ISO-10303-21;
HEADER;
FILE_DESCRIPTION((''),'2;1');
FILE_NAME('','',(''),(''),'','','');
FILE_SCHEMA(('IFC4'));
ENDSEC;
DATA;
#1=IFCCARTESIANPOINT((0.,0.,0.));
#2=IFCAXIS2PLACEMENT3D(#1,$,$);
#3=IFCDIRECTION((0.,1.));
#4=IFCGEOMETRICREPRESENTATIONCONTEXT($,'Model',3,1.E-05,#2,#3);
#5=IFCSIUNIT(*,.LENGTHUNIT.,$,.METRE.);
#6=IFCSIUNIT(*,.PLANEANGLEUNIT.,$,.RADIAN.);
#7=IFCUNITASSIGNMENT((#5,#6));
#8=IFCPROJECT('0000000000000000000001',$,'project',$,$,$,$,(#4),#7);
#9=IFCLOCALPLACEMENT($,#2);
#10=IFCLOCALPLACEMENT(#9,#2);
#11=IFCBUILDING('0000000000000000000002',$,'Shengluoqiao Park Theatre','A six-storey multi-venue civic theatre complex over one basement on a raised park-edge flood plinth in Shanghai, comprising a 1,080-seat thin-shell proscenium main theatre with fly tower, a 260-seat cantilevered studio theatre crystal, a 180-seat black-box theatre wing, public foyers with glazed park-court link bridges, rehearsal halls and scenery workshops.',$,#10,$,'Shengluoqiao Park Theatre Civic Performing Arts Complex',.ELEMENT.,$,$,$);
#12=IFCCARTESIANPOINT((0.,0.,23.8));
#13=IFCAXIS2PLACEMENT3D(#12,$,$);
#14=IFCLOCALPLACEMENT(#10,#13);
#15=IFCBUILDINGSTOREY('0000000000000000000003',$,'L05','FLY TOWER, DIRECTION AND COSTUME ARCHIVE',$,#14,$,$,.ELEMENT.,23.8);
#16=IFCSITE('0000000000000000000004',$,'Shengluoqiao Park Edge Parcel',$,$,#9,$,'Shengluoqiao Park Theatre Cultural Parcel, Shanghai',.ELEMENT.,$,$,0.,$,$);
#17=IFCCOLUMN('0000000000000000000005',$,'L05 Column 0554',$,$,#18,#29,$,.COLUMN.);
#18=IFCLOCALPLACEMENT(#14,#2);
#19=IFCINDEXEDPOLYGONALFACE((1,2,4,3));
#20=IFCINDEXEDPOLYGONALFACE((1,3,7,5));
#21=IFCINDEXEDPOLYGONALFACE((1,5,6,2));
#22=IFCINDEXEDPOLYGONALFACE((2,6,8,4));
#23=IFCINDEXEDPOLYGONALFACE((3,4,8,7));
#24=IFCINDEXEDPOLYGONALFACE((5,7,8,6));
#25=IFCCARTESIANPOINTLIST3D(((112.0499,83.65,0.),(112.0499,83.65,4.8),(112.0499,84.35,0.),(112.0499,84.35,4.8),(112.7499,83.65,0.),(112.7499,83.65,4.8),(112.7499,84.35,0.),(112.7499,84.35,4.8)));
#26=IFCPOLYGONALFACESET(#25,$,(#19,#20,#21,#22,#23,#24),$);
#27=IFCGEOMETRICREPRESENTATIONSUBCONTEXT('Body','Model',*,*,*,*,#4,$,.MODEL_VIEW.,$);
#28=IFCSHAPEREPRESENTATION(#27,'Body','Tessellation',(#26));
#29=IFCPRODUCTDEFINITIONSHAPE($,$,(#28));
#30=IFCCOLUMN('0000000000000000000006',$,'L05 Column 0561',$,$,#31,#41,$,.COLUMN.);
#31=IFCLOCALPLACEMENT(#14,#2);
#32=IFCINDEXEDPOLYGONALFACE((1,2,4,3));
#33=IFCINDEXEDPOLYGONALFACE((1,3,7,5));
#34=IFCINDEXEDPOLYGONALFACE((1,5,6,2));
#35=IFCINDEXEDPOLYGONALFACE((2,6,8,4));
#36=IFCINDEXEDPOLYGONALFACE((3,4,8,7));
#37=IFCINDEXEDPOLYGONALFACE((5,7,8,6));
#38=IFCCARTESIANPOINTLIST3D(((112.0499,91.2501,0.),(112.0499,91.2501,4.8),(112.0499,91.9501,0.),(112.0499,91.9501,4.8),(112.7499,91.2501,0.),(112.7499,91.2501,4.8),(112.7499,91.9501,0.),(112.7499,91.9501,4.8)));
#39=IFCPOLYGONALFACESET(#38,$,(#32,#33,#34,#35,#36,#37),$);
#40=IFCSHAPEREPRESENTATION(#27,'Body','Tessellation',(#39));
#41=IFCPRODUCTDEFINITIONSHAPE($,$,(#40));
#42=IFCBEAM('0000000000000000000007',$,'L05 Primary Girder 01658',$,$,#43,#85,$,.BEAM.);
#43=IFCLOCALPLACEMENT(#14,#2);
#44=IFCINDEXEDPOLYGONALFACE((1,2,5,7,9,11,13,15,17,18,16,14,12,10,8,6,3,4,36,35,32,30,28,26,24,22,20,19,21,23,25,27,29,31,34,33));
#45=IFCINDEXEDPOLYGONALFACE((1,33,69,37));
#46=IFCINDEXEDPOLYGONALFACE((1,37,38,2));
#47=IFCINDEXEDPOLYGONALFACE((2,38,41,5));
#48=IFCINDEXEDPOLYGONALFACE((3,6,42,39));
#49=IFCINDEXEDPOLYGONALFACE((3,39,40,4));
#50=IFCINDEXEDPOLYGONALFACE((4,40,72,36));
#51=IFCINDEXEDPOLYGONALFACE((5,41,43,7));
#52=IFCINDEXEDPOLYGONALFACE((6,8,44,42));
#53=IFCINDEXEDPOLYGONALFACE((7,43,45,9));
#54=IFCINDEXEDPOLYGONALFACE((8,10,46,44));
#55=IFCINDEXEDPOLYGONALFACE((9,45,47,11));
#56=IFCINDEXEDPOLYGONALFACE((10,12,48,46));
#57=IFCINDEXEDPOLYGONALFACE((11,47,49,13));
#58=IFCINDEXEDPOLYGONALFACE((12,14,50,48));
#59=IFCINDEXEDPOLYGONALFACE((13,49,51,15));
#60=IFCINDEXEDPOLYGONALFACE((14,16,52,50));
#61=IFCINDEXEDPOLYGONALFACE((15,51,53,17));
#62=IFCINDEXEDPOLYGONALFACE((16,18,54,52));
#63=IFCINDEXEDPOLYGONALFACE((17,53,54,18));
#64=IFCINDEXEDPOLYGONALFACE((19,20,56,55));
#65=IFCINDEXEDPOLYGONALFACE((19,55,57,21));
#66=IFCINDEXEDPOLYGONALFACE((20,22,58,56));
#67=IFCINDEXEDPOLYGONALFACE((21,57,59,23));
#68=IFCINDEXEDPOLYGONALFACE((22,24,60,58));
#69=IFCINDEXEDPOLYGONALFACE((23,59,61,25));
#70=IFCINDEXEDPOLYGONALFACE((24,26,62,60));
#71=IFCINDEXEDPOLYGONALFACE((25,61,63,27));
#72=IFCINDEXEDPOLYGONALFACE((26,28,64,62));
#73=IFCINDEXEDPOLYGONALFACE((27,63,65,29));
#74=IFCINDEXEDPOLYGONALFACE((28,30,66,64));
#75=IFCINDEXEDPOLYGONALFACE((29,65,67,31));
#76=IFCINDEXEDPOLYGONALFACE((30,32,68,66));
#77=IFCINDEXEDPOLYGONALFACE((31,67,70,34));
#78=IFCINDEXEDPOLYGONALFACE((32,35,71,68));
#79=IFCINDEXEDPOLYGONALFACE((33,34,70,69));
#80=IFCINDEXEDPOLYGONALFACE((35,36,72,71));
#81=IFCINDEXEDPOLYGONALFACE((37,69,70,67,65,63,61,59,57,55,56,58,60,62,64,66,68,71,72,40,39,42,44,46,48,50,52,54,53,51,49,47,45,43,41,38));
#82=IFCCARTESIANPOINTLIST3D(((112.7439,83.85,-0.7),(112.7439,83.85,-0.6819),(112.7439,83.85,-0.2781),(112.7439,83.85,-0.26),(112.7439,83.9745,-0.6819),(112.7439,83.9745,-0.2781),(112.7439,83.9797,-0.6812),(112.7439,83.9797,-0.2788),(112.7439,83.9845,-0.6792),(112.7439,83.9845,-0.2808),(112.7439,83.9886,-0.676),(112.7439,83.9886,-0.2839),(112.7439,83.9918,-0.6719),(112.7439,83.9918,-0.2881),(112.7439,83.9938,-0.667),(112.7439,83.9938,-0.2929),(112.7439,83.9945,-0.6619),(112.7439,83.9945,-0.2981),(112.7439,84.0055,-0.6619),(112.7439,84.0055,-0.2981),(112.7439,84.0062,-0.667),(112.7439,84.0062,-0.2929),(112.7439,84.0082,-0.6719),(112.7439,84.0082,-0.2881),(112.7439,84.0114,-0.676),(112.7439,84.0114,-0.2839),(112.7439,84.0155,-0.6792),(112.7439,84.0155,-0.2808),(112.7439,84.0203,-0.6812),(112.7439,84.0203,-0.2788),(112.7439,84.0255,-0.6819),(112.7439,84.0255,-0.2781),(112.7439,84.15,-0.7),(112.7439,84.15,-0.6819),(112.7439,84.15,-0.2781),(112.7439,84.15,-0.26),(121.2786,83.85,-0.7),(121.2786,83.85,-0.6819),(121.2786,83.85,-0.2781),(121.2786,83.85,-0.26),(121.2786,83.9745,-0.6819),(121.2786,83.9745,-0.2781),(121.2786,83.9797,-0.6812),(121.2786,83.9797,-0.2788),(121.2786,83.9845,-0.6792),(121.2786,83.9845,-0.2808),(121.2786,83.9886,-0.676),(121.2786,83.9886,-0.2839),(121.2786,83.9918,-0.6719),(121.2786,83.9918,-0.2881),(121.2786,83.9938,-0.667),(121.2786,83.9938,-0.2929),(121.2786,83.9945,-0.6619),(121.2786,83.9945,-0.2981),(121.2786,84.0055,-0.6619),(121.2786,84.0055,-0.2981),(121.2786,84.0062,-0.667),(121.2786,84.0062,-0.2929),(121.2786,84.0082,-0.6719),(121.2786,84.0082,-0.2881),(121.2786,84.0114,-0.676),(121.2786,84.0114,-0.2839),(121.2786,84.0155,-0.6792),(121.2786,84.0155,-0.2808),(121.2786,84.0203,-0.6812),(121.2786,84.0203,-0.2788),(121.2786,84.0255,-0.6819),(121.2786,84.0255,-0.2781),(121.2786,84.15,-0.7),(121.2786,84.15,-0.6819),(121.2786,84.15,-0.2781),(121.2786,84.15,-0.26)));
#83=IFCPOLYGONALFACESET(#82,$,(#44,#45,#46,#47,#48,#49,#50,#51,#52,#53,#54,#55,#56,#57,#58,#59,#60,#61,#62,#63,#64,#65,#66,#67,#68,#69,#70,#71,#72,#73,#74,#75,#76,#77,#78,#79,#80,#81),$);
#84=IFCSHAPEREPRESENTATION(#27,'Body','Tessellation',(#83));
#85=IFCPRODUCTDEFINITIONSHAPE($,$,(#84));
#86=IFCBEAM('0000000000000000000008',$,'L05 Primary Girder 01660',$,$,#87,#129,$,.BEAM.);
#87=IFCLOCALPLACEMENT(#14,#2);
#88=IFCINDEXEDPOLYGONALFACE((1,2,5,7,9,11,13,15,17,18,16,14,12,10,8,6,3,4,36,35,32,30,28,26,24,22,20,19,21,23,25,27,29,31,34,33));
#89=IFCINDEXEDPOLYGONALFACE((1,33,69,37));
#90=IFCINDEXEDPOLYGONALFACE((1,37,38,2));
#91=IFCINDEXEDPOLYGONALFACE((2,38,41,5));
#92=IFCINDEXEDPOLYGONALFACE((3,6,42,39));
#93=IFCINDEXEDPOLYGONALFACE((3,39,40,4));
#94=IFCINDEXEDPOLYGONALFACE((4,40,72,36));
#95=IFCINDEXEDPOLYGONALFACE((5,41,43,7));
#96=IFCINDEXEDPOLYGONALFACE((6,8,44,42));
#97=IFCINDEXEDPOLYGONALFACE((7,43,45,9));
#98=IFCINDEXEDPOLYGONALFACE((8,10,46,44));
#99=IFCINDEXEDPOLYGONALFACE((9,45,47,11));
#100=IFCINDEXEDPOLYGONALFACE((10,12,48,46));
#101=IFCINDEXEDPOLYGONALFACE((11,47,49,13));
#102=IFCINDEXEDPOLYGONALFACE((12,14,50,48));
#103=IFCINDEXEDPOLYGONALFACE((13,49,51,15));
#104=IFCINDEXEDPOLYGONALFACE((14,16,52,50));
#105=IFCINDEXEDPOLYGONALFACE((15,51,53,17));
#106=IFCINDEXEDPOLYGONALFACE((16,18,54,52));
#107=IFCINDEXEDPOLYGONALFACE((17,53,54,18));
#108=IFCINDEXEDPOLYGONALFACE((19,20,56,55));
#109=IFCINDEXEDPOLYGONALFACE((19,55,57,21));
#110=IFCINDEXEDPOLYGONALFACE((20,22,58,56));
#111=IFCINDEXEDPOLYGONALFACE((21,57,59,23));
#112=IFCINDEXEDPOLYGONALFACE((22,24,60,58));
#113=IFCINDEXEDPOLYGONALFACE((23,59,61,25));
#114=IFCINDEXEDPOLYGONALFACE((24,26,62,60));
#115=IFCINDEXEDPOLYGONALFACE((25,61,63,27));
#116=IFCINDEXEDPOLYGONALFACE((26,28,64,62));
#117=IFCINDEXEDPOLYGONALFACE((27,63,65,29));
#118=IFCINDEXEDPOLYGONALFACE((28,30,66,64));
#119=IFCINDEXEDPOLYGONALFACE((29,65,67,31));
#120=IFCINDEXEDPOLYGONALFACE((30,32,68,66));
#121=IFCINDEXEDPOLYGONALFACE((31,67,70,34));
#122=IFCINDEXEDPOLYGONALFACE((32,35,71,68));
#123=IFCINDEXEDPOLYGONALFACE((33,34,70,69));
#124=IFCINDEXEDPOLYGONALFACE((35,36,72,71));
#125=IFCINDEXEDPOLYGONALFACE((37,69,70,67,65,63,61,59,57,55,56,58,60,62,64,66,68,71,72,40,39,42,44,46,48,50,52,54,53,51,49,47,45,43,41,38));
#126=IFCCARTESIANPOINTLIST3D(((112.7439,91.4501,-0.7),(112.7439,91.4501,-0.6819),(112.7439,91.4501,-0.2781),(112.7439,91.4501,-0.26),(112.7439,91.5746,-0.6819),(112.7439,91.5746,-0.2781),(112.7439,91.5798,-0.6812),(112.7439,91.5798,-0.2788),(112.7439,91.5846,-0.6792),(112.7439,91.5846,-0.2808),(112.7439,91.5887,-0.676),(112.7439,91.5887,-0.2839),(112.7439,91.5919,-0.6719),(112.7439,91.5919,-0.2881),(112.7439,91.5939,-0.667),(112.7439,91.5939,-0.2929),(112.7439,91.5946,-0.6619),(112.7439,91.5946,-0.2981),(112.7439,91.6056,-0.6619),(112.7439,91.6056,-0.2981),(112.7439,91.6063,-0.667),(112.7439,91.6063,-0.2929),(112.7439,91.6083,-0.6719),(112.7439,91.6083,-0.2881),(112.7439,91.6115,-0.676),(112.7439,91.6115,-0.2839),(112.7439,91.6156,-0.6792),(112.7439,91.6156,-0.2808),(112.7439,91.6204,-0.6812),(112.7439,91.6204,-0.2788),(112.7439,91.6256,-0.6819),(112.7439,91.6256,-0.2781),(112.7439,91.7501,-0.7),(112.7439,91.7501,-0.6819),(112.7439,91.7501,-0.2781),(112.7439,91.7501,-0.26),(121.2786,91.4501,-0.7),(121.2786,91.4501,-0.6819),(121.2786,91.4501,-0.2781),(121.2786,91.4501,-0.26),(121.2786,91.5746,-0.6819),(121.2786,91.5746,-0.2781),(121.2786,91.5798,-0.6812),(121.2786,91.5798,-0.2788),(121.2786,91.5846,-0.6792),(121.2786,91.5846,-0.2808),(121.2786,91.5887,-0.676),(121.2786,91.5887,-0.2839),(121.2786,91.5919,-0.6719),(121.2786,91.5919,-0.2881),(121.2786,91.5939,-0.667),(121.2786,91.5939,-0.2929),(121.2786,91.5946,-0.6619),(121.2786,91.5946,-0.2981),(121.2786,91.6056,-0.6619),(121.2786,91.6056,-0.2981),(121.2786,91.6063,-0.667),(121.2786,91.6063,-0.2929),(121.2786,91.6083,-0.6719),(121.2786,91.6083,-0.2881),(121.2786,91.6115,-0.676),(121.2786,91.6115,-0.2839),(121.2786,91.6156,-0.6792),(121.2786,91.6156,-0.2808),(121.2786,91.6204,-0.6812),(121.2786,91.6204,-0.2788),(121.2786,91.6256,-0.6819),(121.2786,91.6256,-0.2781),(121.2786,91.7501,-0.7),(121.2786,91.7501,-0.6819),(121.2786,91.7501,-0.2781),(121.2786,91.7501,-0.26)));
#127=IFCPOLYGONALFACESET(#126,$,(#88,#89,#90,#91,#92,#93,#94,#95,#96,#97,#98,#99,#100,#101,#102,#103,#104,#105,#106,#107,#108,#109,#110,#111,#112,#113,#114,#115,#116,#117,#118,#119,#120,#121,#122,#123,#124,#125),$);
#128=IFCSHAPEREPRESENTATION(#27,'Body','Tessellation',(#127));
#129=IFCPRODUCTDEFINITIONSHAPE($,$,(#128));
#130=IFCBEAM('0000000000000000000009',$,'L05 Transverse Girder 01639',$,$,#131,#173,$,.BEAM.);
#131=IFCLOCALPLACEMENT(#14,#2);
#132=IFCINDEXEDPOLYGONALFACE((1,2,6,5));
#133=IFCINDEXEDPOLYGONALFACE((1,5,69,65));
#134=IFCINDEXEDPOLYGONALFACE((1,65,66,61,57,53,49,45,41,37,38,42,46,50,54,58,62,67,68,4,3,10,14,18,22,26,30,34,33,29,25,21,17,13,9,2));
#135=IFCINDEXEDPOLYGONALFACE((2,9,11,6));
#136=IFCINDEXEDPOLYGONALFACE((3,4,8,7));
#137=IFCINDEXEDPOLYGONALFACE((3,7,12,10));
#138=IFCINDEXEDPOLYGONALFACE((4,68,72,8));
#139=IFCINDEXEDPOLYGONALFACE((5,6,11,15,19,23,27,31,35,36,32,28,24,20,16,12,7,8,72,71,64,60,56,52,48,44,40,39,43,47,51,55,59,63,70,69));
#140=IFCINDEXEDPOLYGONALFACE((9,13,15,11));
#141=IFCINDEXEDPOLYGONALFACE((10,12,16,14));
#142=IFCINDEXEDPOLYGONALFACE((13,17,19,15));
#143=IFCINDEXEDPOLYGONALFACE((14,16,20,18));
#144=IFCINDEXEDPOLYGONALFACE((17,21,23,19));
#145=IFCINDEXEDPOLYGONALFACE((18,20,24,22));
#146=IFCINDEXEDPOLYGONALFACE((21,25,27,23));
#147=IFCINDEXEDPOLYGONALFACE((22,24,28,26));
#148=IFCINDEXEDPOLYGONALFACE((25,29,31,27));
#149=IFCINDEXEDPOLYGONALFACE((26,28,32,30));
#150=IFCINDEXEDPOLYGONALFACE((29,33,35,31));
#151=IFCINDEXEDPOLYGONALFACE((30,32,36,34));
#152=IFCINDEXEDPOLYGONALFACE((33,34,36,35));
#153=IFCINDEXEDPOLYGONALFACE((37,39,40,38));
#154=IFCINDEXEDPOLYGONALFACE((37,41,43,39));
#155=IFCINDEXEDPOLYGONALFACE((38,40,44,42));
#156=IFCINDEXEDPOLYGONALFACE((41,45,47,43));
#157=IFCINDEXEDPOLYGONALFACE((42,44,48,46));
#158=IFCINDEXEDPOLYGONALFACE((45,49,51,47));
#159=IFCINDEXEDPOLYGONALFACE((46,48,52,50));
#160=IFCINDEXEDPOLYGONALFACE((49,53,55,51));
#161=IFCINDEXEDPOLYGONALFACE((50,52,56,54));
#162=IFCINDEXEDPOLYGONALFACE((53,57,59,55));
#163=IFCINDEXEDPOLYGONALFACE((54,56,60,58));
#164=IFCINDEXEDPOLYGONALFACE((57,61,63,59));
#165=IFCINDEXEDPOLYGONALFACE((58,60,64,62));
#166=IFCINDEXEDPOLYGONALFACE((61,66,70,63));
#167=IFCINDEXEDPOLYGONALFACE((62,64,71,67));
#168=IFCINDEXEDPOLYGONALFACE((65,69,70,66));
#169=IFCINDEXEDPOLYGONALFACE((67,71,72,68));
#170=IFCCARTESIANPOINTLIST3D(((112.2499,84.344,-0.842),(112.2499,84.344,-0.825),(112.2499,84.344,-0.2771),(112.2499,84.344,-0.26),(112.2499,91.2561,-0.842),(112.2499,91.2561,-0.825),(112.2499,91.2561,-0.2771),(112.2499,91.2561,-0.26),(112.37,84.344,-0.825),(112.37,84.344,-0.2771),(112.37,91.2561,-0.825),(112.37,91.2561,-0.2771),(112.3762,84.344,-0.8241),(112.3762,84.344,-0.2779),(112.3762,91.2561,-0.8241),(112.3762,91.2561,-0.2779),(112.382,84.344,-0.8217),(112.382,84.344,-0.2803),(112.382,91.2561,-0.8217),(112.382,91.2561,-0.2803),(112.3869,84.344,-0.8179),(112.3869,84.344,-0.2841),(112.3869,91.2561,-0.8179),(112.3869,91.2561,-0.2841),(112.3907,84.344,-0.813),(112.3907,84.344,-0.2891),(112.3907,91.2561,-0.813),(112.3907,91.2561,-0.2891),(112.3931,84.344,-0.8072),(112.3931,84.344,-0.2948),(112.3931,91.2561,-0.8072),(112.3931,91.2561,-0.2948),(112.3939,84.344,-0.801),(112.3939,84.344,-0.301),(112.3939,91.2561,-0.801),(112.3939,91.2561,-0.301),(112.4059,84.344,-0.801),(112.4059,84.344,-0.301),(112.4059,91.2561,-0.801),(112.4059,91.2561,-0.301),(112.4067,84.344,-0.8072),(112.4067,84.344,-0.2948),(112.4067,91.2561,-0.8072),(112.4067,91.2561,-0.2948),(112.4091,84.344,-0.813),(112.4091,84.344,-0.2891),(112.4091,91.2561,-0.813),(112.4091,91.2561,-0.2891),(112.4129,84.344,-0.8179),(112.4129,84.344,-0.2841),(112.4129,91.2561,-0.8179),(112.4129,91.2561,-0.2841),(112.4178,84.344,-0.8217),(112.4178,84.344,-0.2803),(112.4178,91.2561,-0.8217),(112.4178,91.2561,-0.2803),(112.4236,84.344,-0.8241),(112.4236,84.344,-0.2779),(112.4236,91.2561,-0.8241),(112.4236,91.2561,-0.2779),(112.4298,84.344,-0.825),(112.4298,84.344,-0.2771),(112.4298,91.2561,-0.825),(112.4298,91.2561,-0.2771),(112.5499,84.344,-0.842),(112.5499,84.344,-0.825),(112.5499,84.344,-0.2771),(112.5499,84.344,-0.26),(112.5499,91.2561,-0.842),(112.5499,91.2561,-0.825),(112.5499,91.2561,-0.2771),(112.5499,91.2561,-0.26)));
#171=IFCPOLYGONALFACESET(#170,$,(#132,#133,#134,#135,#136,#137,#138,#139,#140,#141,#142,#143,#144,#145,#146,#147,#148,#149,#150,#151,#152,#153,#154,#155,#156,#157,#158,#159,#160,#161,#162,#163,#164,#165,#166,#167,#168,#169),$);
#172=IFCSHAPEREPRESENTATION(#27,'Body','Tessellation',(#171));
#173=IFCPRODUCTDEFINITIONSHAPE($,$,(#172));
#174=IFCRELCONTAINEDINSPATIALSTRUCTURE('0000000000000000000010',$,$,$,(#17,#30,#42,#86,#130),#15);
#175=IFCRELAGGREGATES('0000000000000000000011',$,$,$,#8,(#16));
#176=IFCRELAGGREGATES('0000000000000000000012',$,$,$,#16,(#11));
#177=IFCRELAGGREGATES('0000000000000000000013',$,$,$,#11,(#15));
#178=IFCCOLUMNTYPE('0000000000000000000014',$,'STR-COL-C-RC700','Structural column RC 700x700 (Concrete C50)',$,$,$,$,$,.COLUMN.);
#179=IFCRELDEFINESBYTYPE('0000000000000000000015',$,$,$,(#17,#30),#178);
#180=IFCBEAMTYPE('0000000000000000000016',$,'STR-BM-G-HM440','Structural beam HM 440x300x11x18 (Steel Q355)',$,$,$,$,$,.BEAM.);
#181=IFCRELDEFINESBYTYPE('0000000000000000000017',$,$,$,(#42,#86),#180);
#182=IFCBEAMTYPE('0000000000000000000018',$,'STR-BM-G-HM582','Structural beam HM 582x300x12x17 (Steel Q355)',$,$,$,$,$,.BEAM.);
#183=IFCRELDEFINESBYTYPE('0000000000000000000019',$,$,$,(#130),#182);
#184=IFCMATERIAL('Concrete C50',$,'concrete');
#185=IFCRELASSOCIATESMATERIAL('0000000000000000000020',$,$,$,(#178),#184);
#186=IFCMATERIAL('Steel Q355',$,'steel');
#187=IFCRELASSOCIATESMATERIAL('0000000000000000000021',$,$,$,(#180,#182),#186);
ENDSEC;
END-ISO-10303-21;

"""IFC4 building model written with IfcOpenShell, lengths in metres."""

from ifc_helpers import new_model, si_unit, direction, frame, origin, origin_2d, place, context, subcontext, project, spatial, rectangle, i_section, extrude, material, material_profile, profile_set, type_object, element, save


model = new_model("IFC4")

# Units and contexts
model_context = context("Model", 3, precision=1e-05, world=origin(), true_north=direction((0.0, 1.0)))
body_context = subcontext(model_context, "Body", "Model", "MODEL_VIEW")
ifc_project = project(units=[si_unit("LENGTHUNIT", "METRE"), si_unit("PLANEANGLEUNIT", "RADIAN")], contexts=[model_context])

# Site, building, storey
site_placement = place(None, origin())
site = spatial("IfcSite", under=ifc_project, at=site_placement, Name="Shengluoqiao Park Edge Parcel", LongName="Shengluoqiao Park Theatre Cultural Parcel, Shanghai", CompositionType="ELEMENT", RefElevation=0.0)
building_placement = place(site_placement, origin())
building = spatial("IfcBuilding", under=site, at=building_placement, Name="Shengluoqiao Park Theatre", Description="A six-storey multi-venue civic theatre complex over one basement on a raised park-edge flood plinth in Shanghai, comprising a 1,080-seat thin-shell proscenium main theatre with fly tower, a 260-seat cantilevered studio theatre crystal, a 180-seat black-box theatre wing, public foyers with glazed park-court link bridges, rehearsal halls and scenery workshops.", LongName="Shengluoqiao Park Theatre Civic Performing Arts Complex", CompositionType="ELEMENT")
storey_placement = place(building_placement, frame((0.0, 0.0, 23.8)))
storey = spatial("IfcBuildingStorey", under=building, at=storey_placement, Name="L05", Description="FLY TOWER, DIRECTION AND COSTUME ARCHIVE", CompositionType="ELEMENT", Elevation=23.8)

# Columns
ifc_material_1 = material(Name="Concrete C50", Category="concrete")
ifc_material_profile_1 = material_profile(ifc_material_1, rectangle(XDim=0.7, YDim=0.7, at=origin_2d()), Name="RC 700x700")
ifc_profile_set_1 = profile_set([ifc_material_profile_1], Name="Concrete C50")
column_type = type_object("IfcColumnType", Name="STR-COL-C-RC700", Description="Structural column RC 700x700 (Concrete C50)", PredefinedType="COLUMN", material=ifc_profile_set_1)
for number, where, z_axis, x_axis, name in (
    (1, (112.3999, 84.0, 0.0), (0.0, 0.0, 1.0), (1.0, 0.0, 0.0), "L05 Column 0554"),
    (2, (112.3999, 91.6001, 0.0), (0.0, 0.0, 1.0), (1.0, 0.0, 0.0), "L05 Column 0561"),
):
    element("IfcColumn", number, at=place(storey_placement, frame(where, z_axis=z_axis, x_axis=x_axis)), inside=storey, type_object=column_type, Name=name, PredefinedType="COLUMN", context=body_context, shape_type="SweptSolid", body=[
        extrude(rectangle(XDim=0.7, YDim=0.7, at=origin_2d()), origin(), (0.0, 0.0, 1.0), 4.8),
    ])

# Beams
ifc_material_2 = material(Name="Steel Q355", Category="steel")
ifc_material_profile_2 = material_profile(ifc_material_2, i_section(OverallWidth=0.3, OverallDepth=0.4399, WebThickness=0.011, FlangeThickness=0.0181, FilletRadius=0.02, at=origin_2d()), Name="HM 440x300x11x18")
ifc_profile_set_2 = profile_set([ifc_material_profile_2], Name="Steel Q355")
beam_type_1 = type_object("IfcBeamType", Name="STR-BM-G-HM440", Description="Structural beam HM 440x300x11x18 (Steel Q355)", PredefinedType="BEAM", material=ifc_profile_set_2)
for number, where, z_axis, x_axis, name in (
    (3, (112.7439, 84.0, -0.48), (1.0, 0.0, 0.0), (0.0, 1.0, 0.0), "L05 Primary Girder 01658"),
    (4, (112.7439, 91.6001, -0.48), (1.0, 0.0, 0.0), (0.0, 1.0, 0.0), "L05 Primary Girder 01660"),
):
    element("IfcBeam", number, at=place(storey_placement, frame(where, z_axis=z_axis, x_axis=x_axis)), inside=storey, type_object=beam_type_1, Name=name, PredefinedType="BEAM", context=body_context, shape_type="SweptSolid", body=[
        extrude(i_section(OverallWidth=0.3, OverallDepth=0.4399, WebThickness=0.011, FlangeThickness=0.0181, FilletRadius=0.02, at=origin_2d()), origin(), (0.0, 0.0, 1.0), 8.5347),
    ])
ifc_material_profile_3 = material_profile(ifc_material_2, i_section(OverallWidth=0.3, OverallDepth=0.582, WebThickness=0.012, FlangeThickness=0.0171, FilletRadius=0.0239, at=origin_2d()), Name="HM 582x300x12x17")
ifc_profile_set_3 = profile_set([ifc_material_profile_3], Name="Steel Q355")
beam_type_2 = type_object("IfcBeamType", Name="STR-BM-G-HM582", Description="Structural beam HM 582x300x12x17 (Steel Q355)", PredefinedType="BEAM", material=ifc_profile_set_3)
beam_placement = place(storey_placement, frame((112.3999, 84.344, -0.551), z_axis=(0.0, 1.0, 0.0), x_axis=(-1.0, 0.0, 0.0)))
element("IfcBeam", 5, at=beam_placement, inside=storey, type_object=beam_type_2, Name="L05 Transverse Girder 01639", PredefinedType="BEAM", context=body_context, shape_type="SweptSolid", body=[
    extrude(i_section(OverallWidth=0.3, OverallDepth=0.582, WebThickness=0.012, FlangeThickness=0.0171, FilletRadius=0.0239, at=origin_2d()), origin(), (0.0, 0.0, 1.0), 6.9121),
])

save(model, "model.ifc")
